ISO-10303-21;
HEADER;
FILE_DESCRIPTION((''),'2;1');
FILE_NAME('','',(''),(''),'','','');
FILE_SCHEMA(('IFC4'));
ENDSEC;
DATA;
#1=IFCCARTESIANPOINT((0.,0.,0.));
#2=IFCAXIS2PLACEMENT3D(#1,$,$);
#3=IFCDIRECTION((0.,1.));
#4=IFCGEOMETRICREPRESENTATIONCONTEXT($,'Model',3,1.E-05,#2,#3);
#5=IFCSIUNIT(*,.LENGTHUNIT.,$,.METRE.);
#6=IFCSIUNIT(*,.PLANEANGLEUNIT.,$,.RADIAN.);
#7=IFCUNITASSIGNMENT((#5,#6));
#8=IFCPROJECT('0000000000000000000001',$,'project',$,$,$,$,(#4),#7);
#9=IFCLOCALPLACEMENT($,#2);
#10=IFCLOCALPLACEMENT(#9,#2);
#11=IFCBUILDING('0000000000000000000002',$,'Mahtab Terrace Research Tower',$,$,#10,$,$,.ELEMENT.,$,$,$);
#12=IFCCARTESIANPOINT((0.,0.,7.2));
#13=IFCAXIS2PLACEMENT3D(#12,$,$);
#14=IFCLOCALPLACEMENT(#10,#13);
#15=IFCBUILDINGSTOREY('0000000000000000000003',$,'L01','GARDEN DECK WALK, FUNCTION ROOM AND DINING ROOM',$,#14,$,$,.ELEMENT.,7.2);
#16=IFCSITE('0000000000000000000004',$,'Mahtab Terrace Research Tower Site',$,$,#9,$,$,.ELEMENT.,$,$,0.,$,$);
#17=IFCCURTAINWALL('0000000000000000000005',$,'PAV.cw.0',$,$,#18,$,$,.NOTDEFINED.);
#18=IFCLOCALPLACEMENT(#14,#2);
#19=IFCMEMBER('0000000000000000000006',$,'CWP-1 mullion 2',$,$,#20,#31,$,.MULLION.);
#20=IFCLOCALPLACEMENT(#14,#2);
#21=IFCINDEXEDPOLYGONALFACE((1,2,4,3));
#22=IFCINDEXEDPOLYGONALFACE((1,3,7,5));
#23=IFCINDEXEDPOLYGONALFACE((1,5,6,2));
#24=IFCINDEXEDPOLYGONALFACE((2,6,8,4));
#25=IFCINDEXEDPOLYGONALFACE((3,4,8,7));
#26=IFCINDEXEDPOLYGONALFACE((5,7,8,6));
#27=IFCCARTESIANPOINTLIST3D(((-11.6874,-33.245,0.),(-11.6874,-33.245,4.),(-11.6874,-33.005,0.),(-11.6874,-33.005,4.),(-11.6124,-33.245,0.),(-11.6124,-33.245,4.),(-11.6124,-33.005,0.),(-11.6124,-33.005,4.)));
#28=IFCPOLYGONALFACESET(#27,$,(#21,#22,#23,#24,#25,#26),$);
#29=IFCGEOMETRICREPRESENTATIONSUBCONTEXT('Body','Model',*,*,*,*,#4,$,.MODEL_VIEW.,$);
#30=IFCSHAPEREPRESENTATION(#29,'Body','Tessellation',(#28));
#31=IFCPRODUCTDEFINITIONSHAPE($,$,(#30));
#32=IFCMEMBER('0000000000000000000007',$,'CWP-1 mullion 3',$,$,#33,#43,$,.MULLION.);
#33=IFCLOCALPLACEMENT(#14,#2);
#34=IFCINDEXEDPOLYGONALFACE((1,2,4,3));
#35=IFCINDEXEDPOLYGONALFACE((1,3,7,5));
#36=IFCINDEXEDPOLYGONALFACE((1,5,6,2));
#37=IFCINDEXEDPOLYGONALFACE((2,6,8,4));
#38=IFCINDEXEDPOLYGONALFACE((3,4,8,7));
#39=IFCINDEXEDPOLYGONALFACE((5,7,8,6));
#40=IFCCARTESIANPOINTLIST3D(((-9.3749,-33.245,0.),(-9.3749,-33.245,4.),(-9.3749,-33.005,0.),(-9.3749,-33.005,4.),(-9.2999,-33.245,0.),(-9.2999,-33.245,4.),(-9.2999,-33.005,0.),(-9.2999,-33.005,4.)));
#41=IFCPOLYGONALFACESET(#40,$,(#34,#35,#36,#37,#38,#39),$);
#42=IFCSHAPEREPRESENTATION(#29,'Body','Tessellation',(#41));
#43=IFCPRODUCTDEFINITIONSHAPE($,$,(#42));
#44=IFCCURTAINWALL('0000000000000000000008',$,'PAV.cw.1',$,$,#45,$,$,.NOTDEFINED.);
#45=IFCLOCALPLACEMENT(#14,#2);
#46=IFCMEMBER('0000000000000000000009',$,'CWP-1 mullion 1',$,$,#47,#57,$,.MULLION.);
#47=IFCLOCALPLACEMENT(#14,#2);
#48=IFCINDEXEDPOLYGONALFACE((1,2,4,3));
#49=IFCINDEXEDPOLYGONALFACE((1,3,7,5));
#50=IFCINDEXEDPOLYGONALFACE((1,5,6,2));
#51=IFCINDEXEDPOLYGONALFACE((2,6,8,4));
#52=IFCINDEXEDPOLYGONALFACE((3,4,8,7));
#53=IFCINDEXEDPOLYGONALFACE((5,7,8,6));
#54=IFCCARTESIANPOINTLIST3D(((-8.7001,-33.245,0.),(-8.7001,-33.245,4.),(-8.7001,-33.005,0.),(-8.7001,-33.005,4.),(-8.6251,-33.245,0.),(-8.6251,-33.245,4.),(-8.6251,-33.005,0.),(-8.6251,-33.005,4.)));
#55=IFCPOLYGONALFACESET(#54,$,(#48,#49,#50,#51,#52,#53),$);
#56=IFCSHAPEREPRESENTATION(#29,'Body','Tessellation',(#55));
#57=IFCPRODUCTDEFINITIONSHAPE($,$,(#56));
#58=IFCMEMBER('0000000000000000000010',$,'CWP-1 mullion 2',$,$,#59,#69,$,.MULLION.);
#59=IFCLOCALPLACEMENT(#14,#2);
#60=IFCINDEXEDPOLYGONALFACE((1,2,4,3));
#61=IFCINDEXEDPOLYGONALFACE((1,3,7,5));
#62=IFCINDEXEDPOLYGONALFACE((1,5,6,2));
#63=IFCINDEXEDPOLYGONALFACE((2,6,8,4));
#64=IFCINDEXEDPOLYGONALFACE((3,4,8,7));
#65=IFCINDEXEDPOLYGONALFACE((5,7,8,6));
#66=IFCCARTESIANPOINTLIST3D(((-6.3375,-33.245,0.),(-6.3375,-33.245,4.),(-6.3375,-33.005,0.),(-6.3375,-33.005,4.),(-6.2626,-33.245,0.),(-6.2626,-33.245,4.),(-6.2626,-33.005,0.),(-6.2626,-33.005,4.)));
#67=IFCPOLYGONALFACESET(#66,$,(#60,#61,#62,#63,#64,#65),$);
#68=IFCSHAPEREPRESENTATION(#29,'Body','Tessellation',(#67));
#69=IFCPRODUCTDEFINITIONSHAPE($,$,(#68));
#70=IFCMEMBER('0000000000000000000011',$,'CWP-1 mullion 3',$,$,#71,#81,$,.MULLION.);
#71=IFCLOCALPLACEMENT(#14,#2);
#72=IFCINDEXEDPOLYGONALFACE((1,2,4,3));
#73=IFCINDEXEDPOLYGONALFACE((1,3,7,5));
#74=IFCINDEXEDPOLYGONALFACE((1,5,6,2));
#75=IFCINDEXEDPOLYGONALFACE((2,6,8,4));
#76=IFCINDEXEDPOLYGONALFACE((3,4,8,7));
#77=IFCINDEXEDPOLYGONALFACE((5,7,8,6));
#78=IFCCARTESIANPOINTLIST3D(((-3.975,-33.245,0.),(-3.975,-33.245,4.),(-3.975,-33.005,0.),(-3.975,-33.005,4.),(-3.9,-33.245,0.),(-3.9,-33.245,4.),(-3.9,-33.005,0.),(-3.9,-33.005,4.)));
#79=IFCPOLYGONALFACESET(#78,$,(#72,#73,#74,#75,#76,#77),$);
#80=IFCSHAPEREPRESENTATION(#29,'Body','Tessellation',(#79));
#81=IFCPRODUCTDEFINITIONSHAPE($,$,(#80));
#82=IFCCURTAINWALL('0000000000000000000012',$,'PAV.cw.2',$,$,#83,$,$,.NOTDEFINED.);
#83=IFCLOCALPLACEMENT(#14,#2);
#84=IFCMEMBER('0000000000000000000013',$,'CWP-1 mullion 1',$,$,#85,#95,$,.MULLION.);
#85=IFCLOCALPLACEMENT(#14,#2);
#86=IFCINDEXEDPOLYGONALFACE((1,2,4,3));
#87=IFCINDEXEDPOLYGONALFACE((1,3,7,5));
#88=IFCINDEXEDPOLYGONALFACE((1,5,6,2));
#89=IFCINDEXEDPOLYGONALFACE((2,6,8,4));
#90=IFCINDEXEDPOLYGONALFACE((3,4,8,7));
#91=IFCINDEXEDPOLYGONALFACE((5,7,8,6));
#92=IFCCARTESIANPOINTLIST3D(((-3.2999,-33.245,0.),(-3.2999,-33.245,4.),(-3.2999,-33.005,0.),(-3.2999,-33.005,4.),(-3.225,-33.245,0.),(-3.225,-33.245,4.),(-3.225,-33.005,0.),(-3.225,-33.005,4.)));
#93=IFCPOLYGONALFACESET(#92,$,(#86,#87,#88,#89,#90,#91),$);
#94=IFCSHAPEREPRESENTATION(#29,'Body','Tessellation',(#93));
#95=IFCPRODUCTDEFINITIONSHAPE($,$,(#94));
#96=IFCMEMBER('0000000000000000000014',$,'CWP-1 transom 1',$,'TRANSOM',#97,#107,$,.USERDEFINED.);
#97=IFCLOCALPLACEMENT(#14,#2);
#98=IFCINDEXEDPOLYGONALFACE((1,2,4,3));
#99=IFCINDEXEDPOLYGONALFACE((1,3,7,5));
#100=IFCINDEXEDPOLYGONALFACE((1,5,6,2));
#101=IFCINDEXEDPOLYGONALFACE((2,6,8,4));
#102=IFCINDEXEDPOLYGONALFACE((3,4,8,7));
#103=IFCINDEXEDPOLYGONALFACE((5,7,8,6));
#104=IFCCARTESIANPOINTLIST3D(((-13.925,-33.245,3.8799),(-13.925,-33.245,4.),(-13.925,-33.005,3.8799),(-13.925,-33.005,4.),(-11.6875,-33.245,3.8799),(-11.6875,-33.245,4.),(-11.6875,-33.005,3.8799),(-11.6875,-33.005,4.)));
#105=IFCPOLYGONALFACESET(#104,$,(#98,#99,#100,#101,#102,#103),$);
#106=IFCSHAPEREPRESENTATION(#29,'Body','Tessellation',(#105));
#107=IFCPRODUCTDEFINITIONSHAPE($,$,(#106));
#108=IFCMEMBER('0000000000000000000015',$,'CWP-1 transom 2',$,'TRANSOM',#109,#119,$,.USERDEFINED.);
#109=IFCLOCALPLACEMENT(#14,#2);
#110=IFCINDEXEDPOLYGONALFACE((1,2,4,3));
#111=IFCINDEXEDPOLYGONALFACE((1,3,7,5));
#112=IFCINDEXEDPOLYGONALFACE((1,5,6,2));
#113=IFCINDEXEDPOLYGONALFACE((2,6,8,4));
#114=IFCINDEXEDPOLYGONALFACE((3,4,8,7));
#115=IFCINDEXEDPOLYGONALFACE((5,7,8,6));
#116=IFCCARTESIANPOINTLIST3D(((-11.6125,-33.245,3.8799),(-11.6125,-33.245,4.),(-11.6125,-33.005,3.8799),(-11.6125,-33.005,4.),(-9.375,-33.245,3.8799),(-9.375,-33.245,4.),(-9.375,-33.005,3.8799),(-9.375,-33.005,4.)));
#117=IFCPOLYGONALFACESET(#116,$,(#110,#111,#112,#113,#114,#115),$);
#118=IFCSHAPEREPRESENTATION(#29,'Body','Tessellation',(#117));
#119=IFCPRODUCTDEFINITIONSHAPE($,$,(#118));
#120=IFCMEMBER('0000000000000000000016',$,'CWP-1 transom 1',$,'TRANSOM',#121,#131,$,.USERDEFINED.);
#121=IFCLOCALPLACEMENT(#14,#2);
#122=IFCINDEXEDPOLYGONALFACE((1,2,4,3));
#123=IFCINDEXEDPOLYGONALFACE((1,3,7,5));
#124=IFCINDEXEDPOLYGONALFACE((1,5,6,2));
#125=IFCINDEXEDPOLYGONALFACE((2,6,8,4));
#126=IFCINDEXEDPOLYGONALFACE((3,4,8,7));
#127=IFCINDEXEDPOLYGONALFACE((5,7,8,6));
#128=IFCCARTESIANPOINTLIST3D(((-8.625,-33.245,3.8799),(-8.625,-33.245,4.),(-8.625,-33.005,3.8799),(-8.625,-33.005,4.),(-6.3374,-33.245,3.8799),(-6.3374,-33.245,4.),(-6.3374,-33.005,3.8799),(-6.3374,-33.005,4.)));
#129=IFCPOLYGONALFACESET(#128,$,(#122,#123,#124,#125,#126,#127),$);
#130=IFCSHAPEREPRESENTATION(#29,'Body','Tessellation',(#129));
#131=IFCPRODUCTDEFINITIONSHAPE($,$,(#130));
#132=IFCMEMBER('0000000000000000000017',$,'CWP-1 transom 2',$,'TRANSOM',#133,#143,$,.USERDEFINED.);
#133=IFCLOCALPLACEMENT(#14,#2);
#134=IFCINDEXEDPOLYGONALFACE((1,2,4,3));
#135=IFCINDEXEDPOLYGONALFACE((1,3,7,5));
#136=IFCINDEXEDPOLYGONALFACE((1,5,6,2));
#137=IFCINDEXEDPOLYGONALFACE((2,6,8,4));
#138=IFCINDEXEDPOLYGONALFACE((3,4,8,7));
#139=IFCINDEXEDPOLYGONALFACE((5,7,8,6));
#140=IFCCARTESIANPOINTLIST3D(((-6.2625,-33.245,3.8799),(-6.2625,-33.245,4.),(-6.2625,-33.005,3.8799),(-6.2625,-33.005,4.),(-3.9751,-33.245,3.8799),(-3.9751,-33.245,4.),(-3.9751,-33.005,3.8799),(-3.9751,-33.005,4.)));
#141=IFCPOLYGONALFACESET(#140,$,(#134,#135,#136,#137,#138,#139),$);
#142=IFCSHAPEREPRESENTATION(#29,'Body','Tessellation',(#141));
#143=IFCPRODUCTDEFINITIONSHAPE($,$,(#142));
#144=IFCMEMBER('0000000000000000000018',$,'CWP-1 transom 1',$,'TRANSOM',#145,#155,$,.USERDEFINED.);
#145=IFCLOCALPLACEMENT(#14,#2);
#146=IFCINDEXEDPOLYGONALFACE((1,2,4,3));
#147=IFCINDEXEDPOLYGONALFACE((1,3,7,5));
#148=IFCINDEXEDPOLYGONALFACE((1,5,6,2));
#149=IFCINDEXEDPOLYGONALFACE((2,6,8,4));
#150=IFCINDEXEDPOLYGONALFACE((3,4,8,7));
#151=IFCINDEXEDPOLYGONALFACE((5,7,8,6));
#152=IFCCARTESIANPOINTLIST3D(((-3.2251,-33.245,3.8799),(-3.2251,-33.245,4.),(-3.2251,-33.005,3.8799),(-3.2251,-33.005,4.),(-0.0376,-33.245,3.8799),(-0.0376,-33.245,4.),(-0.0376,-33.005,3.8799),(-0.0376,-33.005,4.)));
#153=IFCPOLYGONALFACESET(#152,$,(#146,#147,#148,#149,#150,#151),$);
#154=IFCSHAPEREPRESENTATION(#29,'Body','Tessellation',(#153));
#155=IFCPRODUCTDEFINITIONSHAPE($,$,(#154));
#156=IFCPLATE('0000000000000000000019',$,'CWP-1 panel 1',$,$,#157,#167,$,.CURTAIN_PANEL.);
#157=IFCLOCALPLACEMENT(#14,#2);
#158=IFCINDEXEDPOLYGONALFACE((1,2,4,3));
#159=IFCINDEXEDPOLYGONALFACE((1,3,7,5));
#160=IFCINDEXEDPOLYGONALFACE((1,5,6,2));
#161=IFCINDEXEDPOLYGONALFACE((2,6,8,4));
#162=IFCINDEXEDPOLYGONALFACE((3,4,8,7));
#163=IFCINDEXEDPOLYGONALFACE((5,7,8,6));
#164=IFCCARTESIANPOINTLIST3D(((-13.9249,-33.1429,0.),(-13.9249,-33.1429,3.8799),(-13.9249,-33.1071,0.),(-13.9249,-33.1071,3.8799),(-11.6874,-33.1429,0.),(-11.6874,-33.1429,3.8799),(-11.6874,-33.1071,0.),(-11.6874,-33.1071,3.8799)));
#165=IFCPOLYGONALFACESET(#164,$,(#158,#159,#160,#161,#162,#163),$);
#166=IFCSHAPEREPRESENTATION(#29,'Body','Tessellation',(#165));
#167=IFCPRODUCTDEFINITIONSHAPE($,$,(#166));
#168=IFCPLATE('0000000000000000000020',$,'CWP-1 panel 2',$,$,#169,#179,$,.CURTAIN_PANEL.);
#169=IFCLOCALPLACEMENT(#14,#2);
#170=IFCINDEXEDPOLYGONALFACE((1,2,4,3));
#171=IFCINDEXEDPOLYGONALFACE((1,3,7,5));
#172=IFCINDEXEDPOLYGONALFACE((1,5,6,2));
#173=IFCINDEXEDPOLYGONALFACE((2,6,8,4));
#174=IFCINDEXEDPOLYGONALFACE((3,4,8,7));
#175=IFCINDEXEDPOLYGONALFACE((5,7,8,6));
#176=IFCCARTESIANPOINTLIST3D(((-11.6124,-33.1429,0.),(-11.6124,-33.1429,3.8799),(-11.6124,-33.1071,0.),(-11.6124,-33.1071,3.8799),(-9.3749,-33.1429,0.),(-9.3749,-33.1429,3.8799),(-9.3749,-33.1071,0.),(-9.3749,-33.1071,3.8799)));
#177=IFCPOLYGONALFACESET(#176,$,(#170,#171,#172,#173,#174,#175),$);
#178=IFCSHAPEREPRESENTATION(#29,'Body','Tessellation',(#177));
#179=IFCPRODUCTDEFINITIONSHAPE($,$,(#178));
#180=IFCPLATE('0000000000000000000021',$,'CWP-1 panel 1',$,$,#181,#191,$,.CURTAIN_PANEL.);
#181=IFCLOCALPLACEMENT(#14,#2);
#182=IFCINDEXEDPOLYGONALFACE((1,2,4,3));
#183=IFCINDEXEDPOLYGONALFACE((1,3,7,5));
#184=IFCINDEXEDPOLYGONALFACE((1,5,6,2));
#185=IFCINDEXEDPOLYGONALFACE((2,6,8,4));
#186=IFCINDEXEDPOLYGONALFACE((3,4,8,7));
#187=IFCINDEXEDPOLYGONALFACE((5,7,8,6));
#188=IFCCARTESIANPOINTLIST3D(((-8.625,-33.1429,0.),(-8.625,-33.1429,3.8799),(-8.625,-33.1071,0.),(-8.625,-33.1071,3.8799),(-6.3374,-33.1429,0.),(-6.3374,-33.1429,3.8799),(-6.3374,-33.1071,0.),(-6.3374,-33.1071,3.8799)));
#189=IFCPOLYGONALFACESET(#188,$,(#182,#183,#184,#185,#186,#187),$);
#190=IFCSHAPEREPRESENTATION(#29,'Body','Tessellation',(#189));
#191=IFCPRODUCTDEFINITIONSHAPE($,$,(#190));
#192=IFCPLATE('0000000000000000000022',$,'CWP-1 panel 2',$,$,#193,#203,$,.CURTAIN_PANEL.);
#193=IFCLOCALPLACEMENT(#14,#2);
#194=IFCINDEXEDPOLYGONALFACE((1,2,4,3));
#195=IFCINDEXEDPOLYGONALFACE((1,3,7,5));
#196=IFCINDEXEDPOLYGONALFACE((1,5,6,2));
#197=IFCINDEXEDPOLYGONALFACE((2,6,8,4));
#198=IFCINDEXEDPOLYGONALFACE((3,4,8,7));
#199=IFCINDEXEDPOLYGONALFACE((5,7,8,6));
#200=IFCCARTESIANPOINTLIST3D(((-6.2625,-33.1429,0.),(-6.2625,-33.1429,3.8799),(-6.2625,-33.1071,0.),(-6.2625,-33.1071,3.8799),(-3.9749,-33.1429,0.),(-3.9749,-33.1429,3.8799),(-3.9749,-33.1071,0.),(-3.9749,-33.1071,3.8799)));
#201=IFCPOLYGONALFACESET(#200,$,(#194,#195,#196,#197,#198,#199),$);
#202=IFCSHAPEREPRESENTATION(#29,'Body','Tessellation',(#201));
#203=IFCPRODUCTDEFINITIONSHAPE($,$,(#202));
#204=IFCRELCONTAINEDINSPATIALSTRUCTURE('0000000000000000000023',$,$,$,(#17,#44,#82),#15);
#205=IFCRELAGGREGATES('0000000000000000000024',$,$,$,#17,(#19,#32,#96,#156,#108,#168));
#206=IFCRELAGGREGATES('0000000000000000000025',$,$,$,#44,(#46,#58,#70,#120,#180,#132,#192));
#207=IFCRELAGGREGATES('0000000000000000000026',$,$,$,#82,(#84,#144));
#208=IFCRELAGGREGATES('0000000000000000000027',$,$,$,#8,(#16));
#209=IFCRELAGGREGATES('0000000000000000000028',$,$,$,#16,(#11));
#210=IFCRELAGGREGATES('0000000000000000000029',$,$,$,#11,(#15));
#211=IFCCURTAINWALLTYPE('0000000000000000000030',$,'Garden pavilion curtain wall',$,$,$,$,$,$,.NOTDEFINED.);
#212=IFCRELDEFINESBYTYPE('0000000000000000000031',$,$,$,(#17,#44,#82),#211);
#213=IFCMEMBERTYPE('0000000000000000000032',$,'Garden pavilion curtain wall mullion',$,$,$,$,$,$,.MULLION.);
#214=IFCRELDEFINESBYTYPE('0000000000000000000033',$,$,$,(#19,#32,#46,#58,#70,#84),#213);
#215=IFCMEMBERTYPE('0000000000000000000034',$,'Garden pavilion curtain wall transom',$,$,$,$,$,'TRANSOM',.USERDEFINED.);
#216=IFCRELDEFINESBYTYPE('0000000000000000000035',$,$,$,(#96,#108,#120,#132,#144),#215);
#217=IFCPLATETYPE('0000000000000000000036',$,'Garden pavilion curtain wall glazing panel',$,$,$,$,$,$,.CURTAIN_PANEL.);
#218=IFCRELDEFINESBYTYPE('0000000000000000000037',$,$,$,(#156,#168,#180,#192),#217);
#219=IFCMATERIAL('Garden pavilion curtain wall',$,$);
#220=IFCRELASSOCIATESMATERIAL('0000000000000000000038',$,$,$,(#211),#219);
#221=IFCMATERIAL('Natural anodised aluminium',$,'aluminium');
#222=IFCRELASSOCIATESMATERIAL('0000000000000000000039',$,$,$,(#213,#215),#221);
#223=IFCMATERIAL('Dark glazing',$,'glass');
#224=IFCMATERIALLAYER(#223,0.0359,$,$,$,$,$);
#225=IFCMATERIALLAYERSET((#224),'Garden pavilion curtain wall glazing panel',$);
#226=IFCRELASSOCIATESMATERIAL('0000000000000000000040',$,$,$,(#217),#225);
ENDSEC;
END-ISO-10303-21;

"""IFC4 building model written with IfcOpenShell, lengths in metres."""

from ifc_helpers import new_model, si_unit, direction, frame, origin, origin_2d, place, context, subcontext, project, spatial, rectangle, extrude, material, layer, layer_set, material_profile, profile_set, type_object, element, aggregate, save


model = new_model("IFC4")

# Units and contexts
model_context = context("Model", 3, precision=1e-05, world=origin(), true_north=direction((0.0, 1.0)))
body_context = subcontext(model_context, "Body", "Model", "MODEL_VIEW")
ifc_project = project(units=[si_unit("LENGTHUNIT", "METRE"), si_unit("PLANEANGLEUNIT", "RADIAN")], contexts=[model_context])

# Site, building, storey
site_placement = place(None, origin())
site = spatial("IfcSite", under=ifc_project, at=site_placement, Name="Mahtab Terrace Research Tower Site", CompositionType="ELEMENT", RefElevation=0.0)
building_placement = place(site_placement, origin())
building = spatial("IfcBuilding", under=site, at=building_placement, Name="Mahtab Terrace Research Tower", CompositionType="ELEMENT")
storey_placement = place(building_placement, frame((0.0, 0.0, 7.2)))
storey = spatial("IfcBuildingStorey", under=building, at=storey_placement, Name="L01", Description="GARDEN DECK WALK, FUNCTION ROOM AND DINING ROOM", CompositionType="ELEMENT", Elevation=7.2)

# Curtain walls, members
ifc_material_1 = material(Name="Garden pavilion curtain wall")
curtain_wall_type = type_object("IfcCurtainWallType", Name="Garden pavilion curtain wall", PredefinedType="NOTDEFINED", material=ifc_material_1)
curtain_wall_1_placement = place(storey_placement, origin())
curtain_wall_1 = element("IfcCurtainWall", 1, at=curtain_wall_1_placement, inside=storey, type_object=curtain_wall_type, Name="PAV.cw.0", PredefinedType="NOTDEFINED")
ifc_material_2 = material(Name="Natural anodised aluminium", Category="aluminium")
ifc_material_profile_1 = material_profile(ifc_material_2, rectangle(XDim=0.24, YDim=0.075, at=origin_2d()), Name="MULLION 75x240")
ifc_profile_set_1 = profile_set([ifc_material_profile_1], Name="Natural anodised aluminium")
member_type_1 = type_object("IfcMemberType", Name="Garden pavilion curtain wall mullion", PredefinedType="MULLION", material=ifc_profile_set_1)
member_1_placement = place(storey_placement, frame((-11.6499, -33.125, 0.0), z_axis=(0.0, 0.0, 1.0), x_axis=(0.0, 1.0, 0.0)))
member_1 = element("IfcMember", 2, at=member_1_placement, type_object=member_type_1, Name="CWP-1 mullion 2", PredefinedType="MULLION", context=body_context, shape_type="SweptSolid", body=[
    extrude(rectangle(XDim=0.24, YDim=0.075, at=origin_2d()), origin(), (0.0, 0.0, 1.0), 4.0),
])
member_2_placement = place(storey_placement, frame((-9.3374, -33.125, 0.0), z_axis=(0.0, 0.0, 1.0), x_axis=(0.0, 1.0, 0.0)))
member_2 = element("IfcMember", 3, at=member_2_placement, type_object=member_type_1, Name="CWP-1 mullion 3", PredefinedType="MULLION", context=body_context, shape_type="SweptSolid", body=[
    extrude(rectangle(XDim=0.24, YDim=0.075, at=origin_2d()), origin(), (0.0, 0.0, 1.0), 4.0),
])
curtain_wall_2_placement = place(storey_placement, origin())
curtain_wall_2 = element("IfcCurtainWall", 4, at=curtain_wall_2_placement, inside=storey, type_object=curtain_wall_type, Name="PAV.cw.1", PredefinedType="NOTDEFINED")
member_3_placement = place(storey_placement, frame((-8.6626, -33.125, 0.0), z_axis=(0.0, 0.0, 1.0), x_axis=(0.0, 1.0, 0.0)))
member_3 = element("IfcMember", 5, at=member_3_placement, type_object=member_type_1, Name="CWP-1 mullion 1", PredefinedType="MULLION", context=body_context, shape_type="SweptSolid", body=[
    extrude(rectangle(XDim=0.24, YDim=0.075, at=origin_2d()), origin(), (0.0, 0.0, 1.0), 4.0),
])
member_4_placement = place(storey_placement, frame((-6.3, -33.125, 0.0), z_axis=(0.0, 0.0, 1.0), x_axis=(0.0, 1.0, 0.0)))
member_4 = element("IfcMember", 6, at=member_4_placement, type_object=member_type_1, Name="CWP-1 mullion 2", PredefinedType="MULLION", context=body_context, shape_type="SweptSolid", body=[
    extrude(rectangle(XDim=0.24, YDim=0.075, at=origin_2d()), origin(), (0.0, 0.0, 1.0), 4.0),
])
member_5_placement = place(storey_placement, frame((-3.9375, -33.125, 0.0), z_axis=(0.0, 0.0, 1.0), x_axis=(0.0, 1.0, 0.0)))
member_5 = element("IfcMember", 7, at=member_5_placement, type_object=member_type_1, Name="CWP-1 mullion 3", PredefinedType="MULLION", context=body_context, shape_type="SweptSolid", body=[
    extrude(rectangle(XDim=0.24, YDim=0.075, at=origin_2d()), origin(), (0.0, 0.0, 1.0), 4.0),
])

# Curtain wall, member
curtain_wall_3_placement = place(storey_placement, origin())
curtain_wall_3 = element("IfcCurtainWall", 8, at=curtain_wall_3_placement, inside=storey, type_object=curtain_wall_type, Name="PAV.cw.2", PredefinedType="NOTDEFINED")
member_6_placement = place(storey_placement, frame((-3.2625, -33.125, 0.0), z_axis=(0.0, 0.0, 1.0), x_axis=(0.0, 1.0, 0.0)))
member_6 = element("IfcMember", 9, at=member_6_placement, type_object=member_type_1, Name="CWP-1 mullion 1", PredefinedType="MULLION", context=body_context, shape_type="SweptSolid", body=[
    extrude(rectangle(XDim=0.24, YDim=0.075, at=origin_2d()), origin(), (0.0, 0.0, 1.0), 4.0),
])

# Members
ifc_material_profile_2 = material_profile(ifc_material_2, rectangle(XDim=0.24, YDim=0.1201, at=origin_2d()), Name="TRANSOM 120x240")
ifc_profile_set_2 = profile_set([ifc_material_profile_2], Name="Natural anodised aluminium")
member_type_2 = type_object("IfcMemberType", Name="Garden pavilion curtain wall transom", ElementType="TRANSOM", PredefinedType="USERDEFINED", material=ifc_profile_set_2)
member_7_placement = place(storey_placement, frame((-13.925, -33.125, 3.9399), z_axis=(1.0, 0.0, 0.0), x_axis=(0.0, 1.0, 0.0)))
member_7 = element("IfcMember", 10, at=member_7_placement, type_object=member_type_2, Name="CWP-1 transom 1", ObjectType="TRANSOM", PredefinedType="USERDEFINED", context=body_context, shape_type="SweptSolid", body=[
    extrude(rectangle(XDim=0.24, YDim=0.1201, at=origin_2d()), origin(), (0.0, 0.0, 1.0), 2.2375),
])
member_8_placement = place(storey_placement, frame((-11.6125, -33.125, 3.9399), z_axis=(1.0, 0.0, 0.0), x_axis=(0.0, 1.0, 0.0)))
member_8 = element("IfcMember", 11, at=member_8_placement, type_object=member_type_2, Name="CWP-1 transom 2", ObjectType="TRANSOM", PredefinedType="USERDEFINED", context=body_context, shape_type="SweptSolid", body=[
    extrude(rectangle(XDim=0.24, YDim=0.1201, at=origin_2d()), origin(), (0.0, 0.0, 1.0), 2.2375),
])
member_9_placement = place(storey_placement, frame((-8.625, -33.125, 3.9399), z_axis=(1.0, 0.0, 0.0), x_axis=(0.0, 1.0, 0.0)))
member_9 = element("IfcMember", 12, at=member_9_placement, type_object=member_type_2, Name="CWP-1 transom 1", ObjectType="TRANSOM", PredefinedType="USERDEFINED", context=body_context, shape_type="SweptSolid", body=[
    extrude(rectangle(XDim=0.24, YDim=0.1201, at=origin_2d()), origin(), (0.0, 0.0, 1.0), 2.2876),
])
member_10_placement = place(storey_placement, frame((-6.2625, -33.125, 3.9399), z_axis=(1.0, 0.0, 0.0), x_axis=(0.0, 1.0, 0.0)))
member_10 = element("IfcMember", 13, at=member_10_placement, type_object=member_type_2, Name="CWP-1 transom 2", ObjectType="TRANSOM", PredefinedType="USERDEFINED", context=body_context, shape_type="SweptSolid", body=[
    extrude(rectangle(XDim=0.24, YDim=0.1201, at=origin_2d()), origin(), (0.0, 0.0, 1.0), 2.2874),
])
member_11_placement = place(storey_placement, frame((-3.2251, -33.125, 3.9399), z_axis=(1.0, 0.0, 0.0), x_axis=(0.0, 1.0, 0.0)))
member_11 = element("IfcMember", 14, at=member_11_placement, type_object=member_type_2, Name="CWP-1 transom 1", ObjectType="TRANSOM", PredefinedType="USERDEFINED", context=body_context, shape_type="SweptSolid", body=[
    extrude(rectangle(XDim=0.24, YDim=0.1201, at=origin_2d()), origin(), (0.0, 0.0, 1.0), 3.1875),
])

# Plates
ifc_material_3 = material(Name="Dark glazing", Category="glass")
ifc_layer_1 = layer(ifc_material_3, 0.0359)
ifc_layer_set_1 = layer_set([ifc_layer_1], Name="Garden pavilion curtain wall glazing panel")
plate_type = type_object("IfcPlateType", Name="Garden pavilion curtain wall glazing panel", PredefinedType="CURTAIN_PANEL", material=ifc_layer_set_1)
plate_1_placement = place(storey_placement, frame((-12.8062, -33.125, 0.0), z_axis=(0.0, 0.0, 1.0), x_axis=(1.0, 0.0, 0.0)))
plate_1 = element("IfcPlate", 15, at=plate_1_placement, type_object=plate_type, Name="CWP-1 panel 1", PredefinedType="CURTAIN_PANEL", context=body_context, shape_type="SweptSolid", body=[
    extrude(rectangle(XDim=2.2375, YDim=0.0359, at=origin_2d()), origin(), (0.0, 0.0, 1.0), 3.8799),
])
plate_2_placement = place(storey_placement, frame((-10.4937, -33.125, 0.0), z_axis=(0.0, 0.0, 1.0), x_axis=(1.0, 0.0, 0.0)))
plate_2 = element("IfcPlate", 16, at=plate_2_placement, type_object=plate_type, Name="CWP-1 panel 2", PredefinedType="CURTAIN_PANEL", context=body_context, shape_type="SweptSolid", body=[
    extrude(rectangle(XDim=2.2375, YDim=0.0359, at=origin_2d()), origin(), (0.0, 0.0, 1.0), 3.8799),
])
aggregate(curtain_wall_1, [member_1, member_2, member_7, plate_1, member_8, plate_2])
plate_3_placement = place(storey_placement, frame((-7.4812, -33.125, 0.0), z_axis=(0.0, 0.0, 1.0), x_axis=(1.0, 0.0, 0.0)))
plate_3 = element("IfcPlate", 17, at=plate_3_placement, type_object=plate_type, Name="CWP-1 panel 1", PredefinedType="CURTAIN_PANEL", context=body_context, shape_type="SweptSolid", body=[
    extrude(rectangle(XDim=2.2876, YDim=0.0359, at=origin_2d()), origin(), (0.0, 0.0, 1.0), 3.8799),
])
plate_4_placement = place(storey_placement, frame((-5.1187, -33.125, 0.0), z_axis=(0.0, 0.0, 1.0), x_axis=(1.0, 0.0, 0.0)))
plate_4 = element("IfcPlate", 18, at=plate_4_placement, type_object=plate_type, Name="CWP-1 panel 2", PredefinedType="CURTAIN_PANEL", context=body_context, shape_type="SweptSolid", body=[
    extrude(rectangle(XDim=2.2876, YDim=0.0359, at=origin_2d()), origin(), (0.0, 0.0, 1.0), 3.8799),
])
aggregate(curtain_wall_2, [member_3, member_4, member_5, member_9, plate_3, member_10, plate_4])
aggregate(curtain_wall_3, [member_6, member_11])

save(model, "model.ifc")
